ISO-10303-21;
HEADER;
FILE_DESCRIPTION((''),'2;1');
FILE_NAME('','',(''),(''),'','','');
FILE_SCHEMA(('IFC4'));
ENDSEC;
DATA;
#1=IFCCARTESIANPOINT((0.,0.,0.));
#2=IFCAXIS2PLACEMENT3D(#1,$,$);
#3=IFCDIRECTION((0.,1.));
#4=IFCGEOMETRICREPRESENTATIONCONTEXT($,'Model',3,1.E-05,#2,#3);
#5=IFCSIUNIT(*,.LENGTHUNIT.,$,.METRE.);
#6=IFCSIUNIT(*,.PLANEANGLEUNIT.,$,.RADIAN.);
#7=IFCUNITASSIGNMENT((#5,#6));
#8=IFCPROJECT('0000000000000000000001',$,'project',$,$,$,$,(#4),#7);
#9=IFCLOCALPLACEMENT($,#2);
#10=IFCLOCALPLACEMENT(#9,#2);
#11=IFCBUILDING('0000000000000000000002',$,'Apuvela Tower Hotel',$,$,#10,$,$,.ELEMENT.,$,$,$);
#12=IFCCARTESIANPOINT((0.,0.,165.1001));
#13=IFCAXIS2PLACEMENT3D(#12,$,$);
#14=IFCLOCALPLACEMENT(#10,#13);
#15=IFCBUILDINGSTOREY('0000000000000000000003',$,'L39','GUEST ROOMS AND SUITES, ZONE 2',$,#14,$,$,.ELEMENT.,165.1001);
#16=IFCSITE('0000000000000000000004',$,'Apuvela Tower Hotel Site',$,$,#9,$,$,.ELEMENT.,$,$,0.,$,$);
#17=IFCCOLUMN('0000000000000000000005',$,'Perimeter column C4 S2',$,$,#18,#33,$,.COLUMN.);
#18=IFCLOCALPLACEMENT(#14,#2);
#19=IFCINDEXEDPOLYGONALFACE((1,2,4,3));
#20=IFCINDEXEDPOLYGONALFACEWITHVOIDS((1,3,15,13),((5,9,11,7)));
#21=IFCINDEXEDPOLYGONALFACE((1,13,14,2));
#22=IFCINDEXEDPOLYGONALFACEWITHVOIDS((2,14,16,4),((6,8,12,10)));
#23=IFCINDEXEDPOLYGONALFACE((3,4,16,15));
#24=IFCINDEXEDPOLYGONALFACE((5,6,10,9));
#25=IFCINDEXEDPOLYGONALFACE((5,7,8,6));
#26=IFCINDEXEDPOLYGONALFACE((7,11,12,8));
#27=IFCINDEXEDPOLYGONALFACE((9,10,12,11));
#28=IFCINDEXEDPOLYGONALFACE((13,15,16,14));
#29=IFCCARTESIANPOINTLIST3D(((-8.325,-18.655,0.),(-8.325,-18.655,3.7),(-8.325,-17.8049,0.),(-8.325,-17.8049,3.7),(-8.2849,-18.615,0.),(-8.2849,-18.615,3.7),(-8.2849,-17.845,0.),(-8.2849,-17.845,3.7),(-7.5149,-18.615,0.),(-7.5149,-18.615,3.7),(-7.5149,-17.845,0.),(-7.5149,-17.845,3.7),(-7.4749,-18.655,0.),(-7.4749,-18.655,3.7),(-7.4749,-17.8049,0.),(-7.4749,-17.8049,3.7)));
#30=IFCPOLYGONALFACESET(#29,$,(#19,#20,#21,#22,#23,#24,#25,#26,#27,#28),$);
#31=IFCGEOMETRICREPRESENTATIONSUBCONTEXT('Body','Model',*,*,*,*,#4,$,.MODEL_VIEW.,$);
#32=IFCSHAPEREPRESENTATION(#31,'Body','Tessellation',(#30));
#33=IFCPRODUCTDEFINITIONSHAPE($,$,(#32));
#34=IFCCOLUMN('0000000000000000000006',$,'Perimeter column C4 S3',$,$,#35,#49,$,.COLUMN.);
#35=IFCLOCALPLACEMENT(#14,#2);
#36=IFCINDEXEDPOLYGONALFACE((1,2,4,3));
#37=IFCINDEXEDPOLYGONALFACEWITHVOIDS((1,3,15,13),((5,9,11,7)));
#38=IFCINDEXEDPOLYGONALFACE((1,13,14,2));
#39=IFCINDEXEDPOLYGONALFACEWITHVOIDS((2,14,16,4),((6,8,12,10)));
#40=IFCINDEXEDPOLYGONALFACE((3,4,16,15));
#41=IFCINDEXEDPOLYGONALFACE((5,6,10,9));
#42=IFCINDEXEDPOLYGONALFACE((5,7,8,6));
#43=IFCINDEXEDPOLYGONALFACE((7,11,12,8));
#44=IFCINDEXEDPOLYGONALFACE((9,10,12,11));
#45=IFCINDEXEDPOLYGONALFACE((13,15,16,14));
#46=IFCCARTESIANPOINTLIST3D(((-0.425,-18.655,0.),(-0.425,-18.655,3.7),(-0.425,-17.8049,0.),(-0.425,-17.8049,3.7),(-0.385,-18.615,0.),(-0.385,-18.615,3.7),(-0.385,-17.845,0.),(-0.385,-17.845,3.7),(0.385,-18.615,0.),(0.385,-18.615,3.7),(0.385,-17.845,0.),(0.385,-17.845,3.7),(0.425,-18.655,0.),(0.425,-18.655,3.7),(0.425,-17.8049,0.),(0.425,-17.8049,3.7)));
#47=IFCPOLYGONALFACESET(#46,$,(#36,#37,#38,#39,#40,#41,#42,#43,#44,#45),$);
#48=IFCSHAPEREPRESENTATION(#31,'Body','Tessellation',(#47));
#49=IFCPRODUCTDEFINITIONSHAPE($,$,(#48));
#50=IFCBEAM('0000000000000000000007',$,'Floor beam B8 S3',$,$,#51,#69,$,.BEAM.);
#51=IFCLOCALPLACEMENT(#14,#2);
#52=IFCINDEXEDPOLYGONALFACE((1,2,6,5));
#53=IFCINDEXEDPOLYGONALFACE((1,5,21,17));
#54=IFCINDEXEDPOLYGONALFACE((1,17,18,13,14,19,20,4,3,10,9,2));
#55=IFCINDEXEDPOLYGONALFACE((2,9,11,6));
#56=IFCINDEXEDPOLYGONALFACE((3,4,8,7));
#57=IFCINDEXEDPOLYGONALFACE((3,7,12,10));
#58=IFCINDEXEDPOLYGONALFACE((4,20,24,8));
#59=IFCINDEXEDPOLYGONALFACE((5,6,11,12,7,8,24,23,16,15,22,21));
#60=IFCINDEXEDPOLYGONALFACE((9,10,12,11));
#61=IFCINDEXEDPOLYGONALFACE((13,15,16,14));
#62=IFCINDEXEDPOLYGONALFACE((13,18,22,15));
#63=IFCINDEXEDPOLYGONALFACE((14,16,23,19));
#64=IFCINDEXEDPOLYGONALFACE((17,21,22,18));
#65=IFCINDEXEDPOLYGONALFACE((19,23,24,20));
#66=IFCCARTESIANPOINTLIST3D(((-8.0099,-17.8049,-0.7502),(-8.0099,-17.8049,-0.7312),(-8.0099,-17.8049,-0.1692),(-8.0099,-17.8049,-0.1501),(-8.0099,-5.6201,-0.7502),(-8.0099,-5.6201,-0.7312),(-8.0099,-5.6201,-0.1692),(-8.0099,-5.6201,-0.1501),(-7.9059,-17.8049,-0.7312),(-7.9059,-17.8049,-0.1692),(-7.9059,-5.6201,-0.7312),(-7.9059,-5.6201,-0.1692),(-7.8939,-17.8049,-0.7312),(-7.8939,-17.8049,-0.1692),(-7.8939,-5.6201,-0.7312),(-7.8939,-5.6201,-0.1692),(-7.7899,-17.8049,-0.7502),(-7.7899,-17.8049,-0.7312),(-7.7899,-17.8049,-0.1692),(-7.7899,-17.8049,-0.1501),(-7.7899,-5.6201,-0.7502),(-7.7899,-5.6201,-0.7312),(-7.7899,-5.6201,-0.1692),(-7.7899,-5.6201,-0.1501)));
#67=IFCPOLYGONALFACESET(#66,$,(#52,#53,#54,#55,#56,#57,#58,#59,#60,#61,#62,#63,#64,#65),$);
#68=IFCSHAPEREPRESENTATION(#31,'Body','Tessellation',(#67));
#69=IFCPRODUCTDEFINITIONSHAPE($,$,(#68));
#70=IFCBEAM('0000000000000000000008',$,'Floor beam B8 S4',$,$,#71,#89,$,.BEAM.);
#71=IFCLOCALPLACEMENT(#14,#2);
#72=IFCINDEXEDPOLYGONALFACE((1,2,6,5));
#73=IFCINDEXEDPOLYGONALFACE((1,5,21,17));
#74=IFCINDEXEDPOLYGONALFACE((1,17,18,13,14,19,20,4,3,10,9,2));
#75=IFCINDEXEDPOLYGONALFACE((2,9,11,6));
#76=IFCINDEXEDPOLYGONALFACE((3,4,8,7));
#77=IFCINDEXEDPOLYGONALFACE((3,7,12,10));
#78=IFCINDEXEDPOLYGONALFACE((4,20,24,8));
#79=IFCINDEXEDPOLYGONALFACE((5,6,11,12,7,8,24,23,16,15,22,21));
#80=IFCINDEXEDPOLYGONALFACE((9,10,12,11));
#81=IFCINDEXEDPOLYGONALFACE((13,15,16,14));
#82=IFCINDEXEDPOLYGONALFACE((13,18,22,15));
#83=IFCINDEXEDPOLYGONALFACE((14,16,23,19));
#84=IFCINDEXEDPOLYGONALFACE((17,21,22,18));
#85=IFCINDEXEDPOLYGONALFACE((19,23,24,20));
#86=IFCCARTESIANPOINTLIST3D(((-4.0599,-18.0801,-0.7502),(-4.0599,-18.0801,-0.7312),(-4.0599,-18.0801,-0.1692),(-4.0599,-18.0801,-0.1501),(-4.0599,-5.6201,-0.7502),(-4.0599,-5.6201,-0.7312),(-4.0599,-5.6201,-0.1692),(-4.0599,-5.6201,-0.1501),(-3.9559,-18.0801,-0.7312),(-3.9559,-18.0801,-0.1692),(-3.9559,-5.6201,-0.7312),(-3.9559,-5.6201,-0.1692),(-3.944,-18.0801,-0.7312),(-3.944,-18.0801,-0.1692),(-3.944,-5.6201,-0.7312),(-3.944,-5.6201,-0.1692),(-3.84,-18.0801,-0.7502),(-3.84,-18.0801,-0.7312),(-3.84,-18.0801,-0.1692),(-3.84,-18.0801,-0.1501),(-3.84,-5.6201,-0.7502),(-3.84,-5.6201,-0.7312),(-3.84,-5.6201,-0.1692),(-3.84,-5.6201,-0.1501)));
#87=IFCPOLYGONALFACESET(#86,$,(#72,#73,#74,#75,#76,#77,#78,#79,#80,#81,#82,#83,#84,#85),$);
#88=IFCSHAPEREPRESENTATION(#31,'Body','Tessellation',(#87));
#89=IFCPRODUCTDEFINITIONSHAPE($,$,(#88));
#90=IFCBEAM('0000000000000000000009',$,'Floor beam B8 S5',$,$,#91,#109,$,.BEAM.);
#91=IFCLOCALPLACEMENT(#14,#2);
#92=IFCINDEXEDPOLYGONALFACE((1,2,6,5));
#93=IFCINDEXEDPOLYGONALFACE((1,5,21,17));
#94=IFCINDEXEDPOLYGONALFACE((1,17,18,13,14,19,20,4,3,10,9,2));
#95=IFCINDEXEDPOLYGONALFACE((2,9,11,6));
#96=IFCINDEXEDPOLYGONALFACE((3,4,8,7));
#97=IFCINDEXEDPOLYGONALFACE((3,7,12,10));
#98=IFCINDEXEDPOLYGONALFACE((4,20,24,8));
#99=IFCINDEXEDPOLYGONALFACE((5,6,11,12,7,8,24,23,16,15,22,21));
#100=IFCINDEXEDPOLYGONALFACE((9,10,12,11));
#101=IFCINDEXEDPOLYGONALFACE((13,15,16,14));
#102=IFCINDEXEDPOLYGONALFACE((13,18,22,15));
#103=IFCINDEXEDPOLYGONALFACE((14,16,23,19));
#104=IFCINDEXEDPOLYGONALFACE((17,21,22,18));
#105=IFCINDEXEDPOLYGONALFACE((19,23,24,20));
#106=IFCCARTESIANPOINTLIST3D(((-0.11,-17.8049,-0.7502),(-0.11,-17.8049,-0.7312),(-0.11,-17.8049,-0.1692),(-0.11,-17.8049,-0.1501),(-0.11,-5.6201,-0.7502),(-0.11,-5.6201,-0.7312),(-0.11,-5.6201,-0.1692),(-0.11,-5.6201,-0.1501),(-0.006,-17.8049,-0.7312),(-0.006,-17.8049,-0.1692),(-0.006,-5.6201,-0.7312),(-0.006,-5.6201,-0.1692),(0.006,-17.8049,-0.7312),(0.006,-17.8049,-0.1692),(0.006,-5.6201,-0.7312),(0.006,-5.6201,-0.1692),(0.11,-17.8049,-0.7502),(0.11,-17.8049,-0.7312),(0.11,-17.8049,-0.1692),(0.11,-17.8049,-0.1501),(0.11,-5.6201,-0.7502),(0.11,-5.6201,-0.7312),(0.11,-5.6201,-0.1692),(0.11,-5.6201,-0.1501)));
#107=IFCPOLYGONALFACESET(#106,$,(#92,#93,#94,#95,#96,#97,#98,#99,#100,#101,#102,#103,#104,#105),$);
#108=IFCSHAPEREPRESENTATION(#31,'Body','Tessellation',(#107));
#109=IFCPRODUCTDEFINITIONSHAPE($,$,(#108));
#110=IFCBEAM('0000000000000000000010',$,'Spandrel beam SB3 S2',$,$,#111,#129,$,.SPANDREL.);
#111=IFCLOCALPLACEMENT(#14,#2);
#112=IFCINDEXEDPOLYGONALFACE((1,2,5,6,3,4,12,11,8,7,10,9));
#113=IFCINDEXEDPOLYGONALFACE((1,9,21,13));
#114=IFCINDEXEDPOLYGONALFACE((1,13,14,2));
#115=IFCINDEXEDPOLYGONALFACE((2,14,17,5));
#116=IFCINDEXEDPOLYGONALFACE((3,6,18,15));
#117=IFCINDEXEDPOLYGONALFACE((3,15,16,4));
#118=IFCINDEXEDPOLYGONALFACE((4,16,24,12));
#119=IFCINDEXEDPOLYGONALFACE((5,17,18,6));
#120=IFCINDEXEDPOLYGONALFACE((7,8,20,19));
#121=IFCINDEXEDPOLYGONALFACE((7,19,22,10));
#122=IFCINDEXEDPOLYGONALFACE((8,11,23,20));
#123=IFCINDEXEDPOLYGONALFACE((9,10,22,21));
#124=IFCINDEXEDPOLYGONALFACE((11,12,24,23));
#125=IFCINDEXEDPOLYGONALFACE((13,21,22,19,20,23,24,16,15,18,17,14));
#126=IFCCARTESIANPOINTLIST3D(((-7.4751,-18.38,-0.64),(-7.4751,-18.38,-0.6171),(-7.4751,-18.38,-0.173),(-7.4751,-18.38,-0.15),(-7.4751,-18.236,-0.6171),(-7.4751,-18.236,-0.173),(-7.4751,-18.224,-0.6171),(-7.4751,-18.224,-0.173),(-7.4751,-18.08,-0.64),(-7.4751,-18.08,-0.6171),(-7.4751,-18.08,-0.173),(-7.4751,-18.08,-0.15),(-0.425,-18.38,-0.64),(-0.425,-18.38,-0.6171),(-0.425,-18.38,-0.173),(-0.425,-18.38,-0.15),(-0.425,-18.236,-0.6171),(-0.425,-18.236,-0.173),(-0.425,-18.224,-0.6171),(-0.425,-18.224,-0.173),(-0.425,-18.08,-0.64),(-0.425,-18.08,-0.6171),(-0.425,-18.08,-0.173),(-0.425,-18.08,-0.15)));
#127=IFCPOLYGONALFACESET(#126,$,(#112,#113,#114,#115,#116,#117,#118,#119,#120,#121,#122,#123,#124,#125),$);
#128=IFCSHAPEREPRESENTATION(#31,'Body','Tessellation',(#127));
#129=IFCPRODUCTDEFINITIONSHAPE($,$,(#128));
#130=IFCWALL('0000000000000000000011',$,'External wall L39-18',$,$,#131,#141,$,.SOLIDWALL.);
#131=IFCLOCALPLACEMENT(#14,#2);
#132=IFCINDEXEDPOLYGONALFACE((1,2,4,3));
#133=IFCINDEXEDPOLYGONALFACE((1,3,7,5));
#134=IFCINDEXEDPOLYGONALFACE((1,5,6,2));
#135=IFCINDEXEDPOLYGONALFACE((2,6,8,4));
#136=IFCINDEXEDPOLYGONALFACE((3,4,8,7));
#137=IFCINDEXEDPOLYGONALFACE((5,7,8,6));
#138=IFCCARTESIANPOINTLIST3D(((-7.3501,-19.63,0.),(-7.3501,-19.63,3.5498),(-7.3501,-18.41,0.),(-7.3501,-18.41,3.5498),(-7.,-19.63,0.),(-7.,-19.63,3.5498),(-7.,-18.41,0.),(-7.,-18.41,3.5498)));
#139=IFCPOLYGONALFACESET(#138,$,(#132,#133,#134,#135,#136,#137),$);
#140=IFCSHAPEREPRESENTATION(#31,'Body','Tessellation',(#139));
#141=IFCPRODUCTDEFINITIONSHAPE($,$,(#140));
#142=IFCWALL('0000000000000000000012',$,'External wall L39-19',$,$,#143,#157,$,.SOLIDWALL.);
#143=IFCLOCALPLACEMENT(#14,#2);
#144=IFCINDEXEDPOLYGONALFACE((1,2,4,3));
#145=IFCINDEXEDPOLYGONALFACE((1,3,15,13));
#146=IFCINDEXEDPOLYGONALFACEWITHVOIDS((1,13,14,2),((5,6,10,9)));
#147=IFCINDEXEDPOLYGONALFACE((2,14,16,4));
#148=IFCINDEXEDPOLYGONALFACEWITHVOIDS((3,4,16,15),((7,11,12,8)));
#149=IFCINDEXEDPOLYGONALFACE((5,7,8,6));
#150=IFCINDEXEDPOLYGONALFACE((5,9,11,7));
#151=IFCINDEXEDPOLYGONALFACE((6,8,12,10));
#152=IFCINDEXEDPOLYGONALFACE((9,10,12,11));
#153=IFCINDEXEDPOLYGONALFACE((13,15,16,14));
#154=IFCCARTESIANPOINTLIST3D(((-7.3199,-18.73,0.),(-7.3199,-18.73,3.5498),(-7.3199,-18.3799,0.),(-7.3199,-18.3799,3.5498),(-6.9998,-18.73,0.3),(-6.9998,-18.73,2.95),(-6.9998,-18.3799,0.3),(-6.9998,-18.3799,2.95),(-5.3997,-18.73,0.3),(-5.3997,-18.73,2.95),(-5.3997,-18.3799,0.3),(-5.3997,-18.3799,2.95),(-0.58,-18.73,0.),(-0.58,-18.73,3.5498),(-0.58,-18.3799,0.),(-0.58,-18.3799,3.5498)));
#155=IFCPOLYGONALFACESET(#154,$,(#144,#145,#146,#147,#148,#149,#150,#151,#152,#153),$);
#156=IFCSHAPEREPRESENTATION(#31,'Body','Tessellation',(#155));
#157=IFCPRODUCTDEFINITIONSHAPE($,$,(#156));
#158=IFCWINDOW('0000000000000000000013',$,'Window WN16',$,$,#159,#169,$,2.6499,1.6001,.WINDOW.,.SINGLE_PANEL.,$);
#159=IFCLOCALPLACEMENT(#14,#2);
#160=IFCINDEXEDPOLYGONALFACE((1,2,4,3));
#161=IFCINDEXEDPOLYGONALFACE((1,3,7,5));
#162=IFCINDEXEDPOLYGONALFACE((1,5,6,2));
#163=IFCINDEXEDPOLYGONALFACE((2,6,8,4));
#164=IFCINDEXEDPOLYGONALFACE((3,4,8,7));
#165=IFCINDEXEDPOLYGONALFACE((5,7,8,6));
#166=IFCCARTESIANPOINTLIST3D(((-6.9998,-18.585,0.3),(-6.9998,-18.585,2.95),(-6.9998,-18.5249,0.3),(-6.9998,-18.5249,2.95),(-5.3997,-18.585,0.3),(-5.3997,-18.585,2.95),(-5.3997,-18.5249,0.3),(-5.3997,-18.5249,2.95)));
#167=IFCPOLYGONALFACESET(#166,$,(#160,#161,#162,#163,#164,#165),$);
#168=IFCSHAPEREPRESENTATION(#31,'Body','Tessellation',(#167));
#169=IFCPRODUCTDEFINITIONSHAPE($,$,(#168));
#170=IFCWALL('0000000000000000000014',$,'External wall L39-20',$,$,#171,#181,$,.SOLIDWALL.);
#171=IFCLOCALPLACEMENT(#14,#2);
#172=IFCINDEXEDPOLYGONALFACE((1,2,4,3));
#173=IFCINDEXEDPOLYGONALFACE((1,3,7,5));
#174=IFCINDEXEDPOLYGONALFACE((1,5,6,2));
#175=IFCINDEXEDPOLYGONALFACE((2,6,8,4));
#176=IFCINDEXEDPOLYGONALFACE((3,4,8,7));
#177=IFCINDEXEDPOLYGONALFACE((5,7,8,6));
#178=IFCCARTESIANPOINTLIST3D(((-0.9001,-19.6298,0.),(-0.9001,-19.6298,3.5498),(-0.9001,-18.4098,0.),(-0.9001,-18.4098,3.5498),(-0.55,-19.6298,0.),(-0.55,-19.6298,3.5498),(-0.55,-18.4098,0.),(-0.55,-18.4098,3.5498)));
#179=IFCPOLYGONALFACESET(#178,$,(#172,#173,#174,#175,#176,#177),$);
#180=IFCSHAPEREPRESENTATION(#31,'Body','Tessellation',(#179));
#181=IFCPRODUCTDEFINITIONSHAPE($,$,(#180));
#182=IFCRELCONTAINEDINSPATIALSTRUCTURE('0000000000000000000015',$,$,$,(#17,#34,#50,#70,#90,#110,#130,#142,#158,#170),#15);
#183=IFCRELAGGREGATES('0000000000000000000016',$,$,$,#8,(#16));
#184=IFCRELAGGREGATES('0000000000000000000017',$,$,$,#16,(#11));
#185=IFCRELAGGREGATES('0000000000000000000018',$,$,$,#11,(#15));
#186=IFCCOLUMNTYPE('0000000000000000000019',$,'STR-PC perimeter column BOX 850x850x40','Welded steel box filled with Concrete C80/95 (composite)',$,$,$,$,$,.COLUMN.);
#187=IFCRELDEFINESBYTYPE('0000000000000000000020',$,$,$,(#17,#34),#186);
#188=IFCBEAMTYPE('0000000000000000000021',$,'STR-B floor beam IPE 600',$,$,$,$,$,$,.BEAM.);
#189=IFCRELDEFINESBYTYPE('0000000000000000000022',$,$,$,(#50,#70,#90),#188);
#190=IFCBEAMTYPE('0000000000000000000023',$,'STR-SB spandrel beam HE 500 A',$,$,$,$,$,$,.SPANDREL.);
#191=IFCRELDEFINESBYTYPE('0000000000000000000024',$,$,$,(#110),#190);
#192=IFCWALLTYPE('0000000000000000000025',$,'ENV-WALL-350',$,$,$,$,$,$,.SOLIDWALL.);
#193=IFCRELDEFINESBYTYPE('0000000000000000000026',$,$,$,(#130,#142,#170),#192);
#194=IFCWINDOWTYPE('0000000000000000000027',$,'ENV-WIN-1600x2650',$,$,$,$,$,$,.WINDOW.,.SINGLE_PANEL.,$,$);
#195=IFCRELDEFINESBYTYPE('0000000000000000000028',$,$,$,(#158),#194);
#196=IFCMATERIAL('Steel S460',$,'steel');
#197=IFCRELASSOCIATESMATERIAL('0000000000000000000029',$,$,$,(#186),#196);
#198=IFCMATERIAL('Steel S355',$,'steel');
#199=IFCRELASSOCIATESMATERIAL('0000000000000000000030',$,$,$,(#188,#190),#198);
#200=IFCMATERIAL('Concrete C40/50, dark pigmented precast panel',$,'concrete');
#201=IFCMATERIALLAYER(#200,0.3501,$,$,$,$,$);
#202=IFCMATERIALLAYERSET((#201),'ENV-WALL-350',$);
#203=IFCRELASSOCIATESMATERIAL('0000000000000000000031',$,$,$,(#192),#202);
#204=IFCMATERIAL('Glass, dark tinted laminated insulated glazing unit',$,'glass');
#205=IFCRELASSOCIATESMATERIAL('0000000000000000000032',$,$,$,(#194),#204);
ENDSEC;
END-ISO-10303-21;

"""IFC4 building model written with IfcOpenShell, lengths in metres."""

from ifc_helpers import new_model, si_unit, direction, frame, frame_2d, origin, origin_2d, place, context, subcontext, project, spatial, rectangle, hollow_rectangle, i_section, extrude, material, layer, layer_set, material_profile, profile_set, type_object, element, fill, save


model = new_model("IFC4")

# Units and contexts
model_context = context("Model", 3, precision=1e-05, world=origin(), true_north=direction((0.0, 1.0)))
body_context = subcontext(model_context, "Body", "Model", "MODEL_VIEW")
ifc_project = project(units=[si_unit("LENGTHUNIT", "METRE"), si_unit("PLANEANGLEUNIT", "RADIAN")], contexts=[model_context])

# Site, building, storey
site_placement = place(None, origin())
site = spatial("IfcSite", under=ifc_project, at=site_placement, Name="Apuvela Tower Hotel Site", CompositionType="ELEMENT", RefElevation=0.0)
building_placement = place(site_placement, origin())
building = spatial("IfcBuilding", under=site, at=building_placement, Name="Apuvela Tower Hotel", CompositionType="ELEMENT")
storey_placement = place(building_placement, frame((0.0, 0.0, 165.1001)))
storey = spatial("IfcBuildingStorey", under=building, at=storey_placement, Name="L39", Description="GUEST ROOMS AND SUITES, ZONE 2", CompositionType="ELEMENT", Elevation=165.1001)

# Columns
ifc_material_1 = material(Name="Steel S460", Category="steel")
ifc_material_profile_1 = material_profile(ifc_material_1, hollow_rectangle(XDim=0.8501, YDim=0.8501, WallThickness=0.04, at=origin_2d()), Name="BOX 850x850x40")
ifc_material_2 = material(Name="Concrete C80/95", Category="concrete")
ifc_material_profile_2 = material_profile(ifc_material_2, rectangle(XDim=0.77, YDim=0.77, at=origin_2d()), Name="Concrete C80/95 infill")
ifc_profile_set_1 = profile_set([ifc_material_profile_1, ifc_material_profile_2], Name="Steel S460")
column_type = type_object("IfcColumnType", Name="STR-PC perimeter column BOX 850x850x40", Description="Welded steel box filled with Concrete C80/95 (composite)", PredefinedType="COLUMN", material=ifc_profile_set_1)
for number, where, z_axis, x_axis, name in (
    (1, (-7.8999, -18.23, 0.0), (0.0, 0.0, 1.0), (-1.0, 0.0, 0.0), "Perimeter column C4 S2"),
    (2, (0.0, -18.23, 0.0), (0.0, 0.0, 1.0), (-1.0, 0.0, 0.0), "Perimeter column C4 S3"),
):
    element("IfcColumn", number, at=place(storey_placement, frame(where, z_axis=z_axis, x_axis=x_axis)), inside=storey, type_object=column_type, Name=name, PredefinedType="COLUMN", context=body_context, shape_type="SweptSolid", body=[
        extrude(hollow_rectangle(XDim=0.8501, YDim=0.8501, WallThickness=0.04, at=origin_2d()), origin(), (0.0, 0.0, 1.0), 3.7),
    ])

# Beams
ifc_material_3 = material(Name="Steel S355", Category="steel")
ifc_material_profile_3 = material_profile(ifc_material_3, i_section(OverallWidth=0.22, OverallDepth=0.6001, WebThickness=0.012, FlangeThickness=0.019, at=origin_2d()), Name="IPE 600")
ifc_profile_set_2 = profile_set([ifc_material_profile_3], Name="Steel S355")
beam_type_1 = type_object("IfcBeamType", Name="STR-B floor beam IPE 600", PredefinedType="BEAM", material=ifc_profile_set_2)
beam_1_placement = place(storey_placement, frame((-7.8999, -17.8049, -0.4502), z_axis=(0.0, 1.0, 0.0), x_axis=(-1.0, 0.0, 0.0)))
element("IfcBeam", 3, at=beam_1_placement, inside=storey, type_object=beam_type_1, Name="Floor beam B8 S3", PredefinedType="BEAM", context=body_context, shape_type="SweptSolid", body=[
    extrude(i_section(OverallWidth=0.22, OverallDepth=0.6001, WebThickness=0.012, FlangeThickness=0.019, at=origin_2d()), origin(), (0.0, 0.0, 1.0), 12.1848),
])
beam_2_placement = place(storey_placement, frame((-3.95, -18.0801, -0.4502), z_axis=(0.0, 1.0, 0.0), x_axis=(-1.0, 0.0, 0.0)))
element("IfcBeam", 4, at=beam_2_placement, inside=storey, type_object=beam_type_1, Name="Floor beam B8 S4", PredefinedType="BEAM", context=body_context, shape_type="SweptSolid", body=[
    extrude(i_section(OverallWidth=0.22, OverallDepth=0.6001, WebThickness=0.012, FlangeThickness=0.019, at=origin_2d()), origin(), (0.0, 0.0, 1.0), 12.46),
])
beam_3_placement = place(storey_placement, frame((0.0, -17.8049, -0.4502), z_axis=(0.0, 1.0, 0.0), x_axis=(-1.0, 0.0, 0.0)))
element("IfcBeam", 5, at=beam_3_placement, inside=storey, type_object=beam_type_1, Name="Floor beam B8 S5", PredefinedType="BEAM", context=body_context, shape_type="SweptSolid", body=[
    extrude(i_section(OverallWidth=0.22, OverallDepth=0.6001, WebThickness=0.012, FlangeThickness=0.019, at=origin_2d()), origin(), (0.0, 0.0, 1.0), 12.1848),
])
ifc_material_profile_4 = material_profile(ifc_material_3, i_section(OverallWidth=0.3, OverallDepth=0.49, WebThickness=0.012, FlangeThickness=0.0229, at=origin_2d()), Name="HE 500 A")
ifc_profile_set_3 = profile_set([ifc_material_profile_4], Name="Steel S355")
beam_type_2 = type_object("IfcBeamType", Name="STR-SB spandrel beam HE 500 A", PredefinedType="SPANDREL", material=ifc_profile_set_3)
beam_4_placement = place(storey_placement, frame((-7.4751, -18.23, -0.395), z_axis=(1.0, 0.0, 0.0), x_axis=(0.0, 1.0, 0.0)))
element("IfcBeam", 6, at=beam_4_placement, inside=storey, type_object=beam_type_2, Name="Spandrel beam SB3 S2", PredefinedType="SPANDREL", context=body_context, shape_type="SweptSolid", body=[
    extrude(i_section(OverallWidth=0.3, OverallDepth=0.49, WebThickness=0.012, FlangeThickness=0.0229, at=origin_2d()), origin(), (0.0, 0.0, 1.0), 7.05),
])

# Wall
ifc_material_4 = material(Name="Concrete C40/50, dark pigmented precast panel", Category="concrete")
ifc_layer_1 = layer(ifc_material_4, 0.3501)
ifc_layer_set_1 = layer_set([ifc_layer_1], Name="ENV-WALL-350")
wall_type_1 = type_object("IfcWallType", Name="ENV-WALL-350", PredefinedType="SOLIDWALL", material=ifc_layer_set_1)
wall_1_placement = place(storey_placement, frame((-7.175, -19.6299, 0.0), z_axis=(0.0, 0.0, 1.0), x_axis=(0.0, 1.0, 0.0)))
element("IfcWall", 7, at=wall_1_placement, inside=storey, type_object=wall_type_1, Name="External wall L39-18", PredefinedType="SOLIDWALL", context=body_context, shape_type="SweptSolid", body=[
    extrude(rectangle(XDim=1.22, YDim=0.3501, at=frame_2d((0.6099, 0.0))), origin(), (0.0, 0.0, 1.0), 3.5498),
])

# Wall, opening, window
wall_2_placement = place(storey_placement, frame((-7.3201, -18.5549, 0.0), z_axis=(0.0, 0.0, 1.0), x_axis=(1.0, 0.0, 0.0)))
wall_2 = element("IfcWall", 8, at=wall_2_placement, inside=storey, type_object=wall_type_1, Name="External wall L39-19", PredefinedType="SOLIDWALL", context=body_context, shape_type="SweptSolid", body=[
    extrude(rectangle(XDim=6.74, YDim=0.3501, at=frame_2d((3.3701, 0.0))), origin(), (0.0, 0.0, 1.0), 3.5498),
])
opening_1_placement = place(wall_2_placement, frame((0.3203, 0.0, 0.3)))
opening_1 = element("IfcOpeningElement", 9, at=opening_1_placement, cuts=wall_2, PredefinedType="OPENING", context=body_context, shape_type="SweptSolid", body=[
    extrude(rectangle(XDim=1.6001, YDim=2.6499, at=frame_2d((0.8, 1.325))), frame((0.0, 0.1851, 0.0), z_axis=(0.0, -1.0, 0.0), x_axis=(1.0, 0.0, 0.0)), (0.0, 0.0, 1.0), 0.3701),
])
ifc_material_5 = material(Name="Glass, dark tinted laminated insulated glazing unit", Category="glass")
window_type_1 = type_object("IfcWindowType", Name="ENV-WIN-1600x2650", PartitioningType="SINGLE_PANEL", PredefinedType="WINDOW", material=ifc_material_5)
window_1_placement = place(opening_1_placement, origin())
window_1 = element("IfcWindow", 10, at=window_1_placement, inside=storey, type_object=window_type_1, Name="Window WN16", OverallHeight=2.6499, OverallWidth=1.6001, PartitioningType="SINGLE_PANEL", PredefinedType="WINDOW", context=body_context, shape_type="SweptSolid", body=[
    extrude(rectangle(XDim=1.6001, YDim=2.6499, at=frame_2d((0.8, 1.325))), frame((0.0, 0.03, 0.0), z_axis=(0.0, -1.0, 0.0), x_axis=(1.0, 0.0, 0.0)), (0.0, 0.0, 1.0), 0.0601),
])
fill(opening_1, window_1)

# Wall
wall_3_placement = place(storey_placement, frame((-0.7251, -18.4099, 0.0), z_axis=(0.0, 0.0, 1.0), x_axis=(0.0, -1.0, 0.0)))
element("IfcWall", 11, at=wall_3_placement, inside=storey, type_object=wall_type_1, Name="External wall L39-20", PredefinedType="SOLIDWALL", context=body_context, shape_type="SweptSolid", body=[
    extrude(rectangle(XDim=1.22, YDim=0.3501, at=frame_2d((0.6099, 0.0))), origin(), (0.0, 0.0, 1.0), 3.5498),
])

save(model, "model.ifc")
